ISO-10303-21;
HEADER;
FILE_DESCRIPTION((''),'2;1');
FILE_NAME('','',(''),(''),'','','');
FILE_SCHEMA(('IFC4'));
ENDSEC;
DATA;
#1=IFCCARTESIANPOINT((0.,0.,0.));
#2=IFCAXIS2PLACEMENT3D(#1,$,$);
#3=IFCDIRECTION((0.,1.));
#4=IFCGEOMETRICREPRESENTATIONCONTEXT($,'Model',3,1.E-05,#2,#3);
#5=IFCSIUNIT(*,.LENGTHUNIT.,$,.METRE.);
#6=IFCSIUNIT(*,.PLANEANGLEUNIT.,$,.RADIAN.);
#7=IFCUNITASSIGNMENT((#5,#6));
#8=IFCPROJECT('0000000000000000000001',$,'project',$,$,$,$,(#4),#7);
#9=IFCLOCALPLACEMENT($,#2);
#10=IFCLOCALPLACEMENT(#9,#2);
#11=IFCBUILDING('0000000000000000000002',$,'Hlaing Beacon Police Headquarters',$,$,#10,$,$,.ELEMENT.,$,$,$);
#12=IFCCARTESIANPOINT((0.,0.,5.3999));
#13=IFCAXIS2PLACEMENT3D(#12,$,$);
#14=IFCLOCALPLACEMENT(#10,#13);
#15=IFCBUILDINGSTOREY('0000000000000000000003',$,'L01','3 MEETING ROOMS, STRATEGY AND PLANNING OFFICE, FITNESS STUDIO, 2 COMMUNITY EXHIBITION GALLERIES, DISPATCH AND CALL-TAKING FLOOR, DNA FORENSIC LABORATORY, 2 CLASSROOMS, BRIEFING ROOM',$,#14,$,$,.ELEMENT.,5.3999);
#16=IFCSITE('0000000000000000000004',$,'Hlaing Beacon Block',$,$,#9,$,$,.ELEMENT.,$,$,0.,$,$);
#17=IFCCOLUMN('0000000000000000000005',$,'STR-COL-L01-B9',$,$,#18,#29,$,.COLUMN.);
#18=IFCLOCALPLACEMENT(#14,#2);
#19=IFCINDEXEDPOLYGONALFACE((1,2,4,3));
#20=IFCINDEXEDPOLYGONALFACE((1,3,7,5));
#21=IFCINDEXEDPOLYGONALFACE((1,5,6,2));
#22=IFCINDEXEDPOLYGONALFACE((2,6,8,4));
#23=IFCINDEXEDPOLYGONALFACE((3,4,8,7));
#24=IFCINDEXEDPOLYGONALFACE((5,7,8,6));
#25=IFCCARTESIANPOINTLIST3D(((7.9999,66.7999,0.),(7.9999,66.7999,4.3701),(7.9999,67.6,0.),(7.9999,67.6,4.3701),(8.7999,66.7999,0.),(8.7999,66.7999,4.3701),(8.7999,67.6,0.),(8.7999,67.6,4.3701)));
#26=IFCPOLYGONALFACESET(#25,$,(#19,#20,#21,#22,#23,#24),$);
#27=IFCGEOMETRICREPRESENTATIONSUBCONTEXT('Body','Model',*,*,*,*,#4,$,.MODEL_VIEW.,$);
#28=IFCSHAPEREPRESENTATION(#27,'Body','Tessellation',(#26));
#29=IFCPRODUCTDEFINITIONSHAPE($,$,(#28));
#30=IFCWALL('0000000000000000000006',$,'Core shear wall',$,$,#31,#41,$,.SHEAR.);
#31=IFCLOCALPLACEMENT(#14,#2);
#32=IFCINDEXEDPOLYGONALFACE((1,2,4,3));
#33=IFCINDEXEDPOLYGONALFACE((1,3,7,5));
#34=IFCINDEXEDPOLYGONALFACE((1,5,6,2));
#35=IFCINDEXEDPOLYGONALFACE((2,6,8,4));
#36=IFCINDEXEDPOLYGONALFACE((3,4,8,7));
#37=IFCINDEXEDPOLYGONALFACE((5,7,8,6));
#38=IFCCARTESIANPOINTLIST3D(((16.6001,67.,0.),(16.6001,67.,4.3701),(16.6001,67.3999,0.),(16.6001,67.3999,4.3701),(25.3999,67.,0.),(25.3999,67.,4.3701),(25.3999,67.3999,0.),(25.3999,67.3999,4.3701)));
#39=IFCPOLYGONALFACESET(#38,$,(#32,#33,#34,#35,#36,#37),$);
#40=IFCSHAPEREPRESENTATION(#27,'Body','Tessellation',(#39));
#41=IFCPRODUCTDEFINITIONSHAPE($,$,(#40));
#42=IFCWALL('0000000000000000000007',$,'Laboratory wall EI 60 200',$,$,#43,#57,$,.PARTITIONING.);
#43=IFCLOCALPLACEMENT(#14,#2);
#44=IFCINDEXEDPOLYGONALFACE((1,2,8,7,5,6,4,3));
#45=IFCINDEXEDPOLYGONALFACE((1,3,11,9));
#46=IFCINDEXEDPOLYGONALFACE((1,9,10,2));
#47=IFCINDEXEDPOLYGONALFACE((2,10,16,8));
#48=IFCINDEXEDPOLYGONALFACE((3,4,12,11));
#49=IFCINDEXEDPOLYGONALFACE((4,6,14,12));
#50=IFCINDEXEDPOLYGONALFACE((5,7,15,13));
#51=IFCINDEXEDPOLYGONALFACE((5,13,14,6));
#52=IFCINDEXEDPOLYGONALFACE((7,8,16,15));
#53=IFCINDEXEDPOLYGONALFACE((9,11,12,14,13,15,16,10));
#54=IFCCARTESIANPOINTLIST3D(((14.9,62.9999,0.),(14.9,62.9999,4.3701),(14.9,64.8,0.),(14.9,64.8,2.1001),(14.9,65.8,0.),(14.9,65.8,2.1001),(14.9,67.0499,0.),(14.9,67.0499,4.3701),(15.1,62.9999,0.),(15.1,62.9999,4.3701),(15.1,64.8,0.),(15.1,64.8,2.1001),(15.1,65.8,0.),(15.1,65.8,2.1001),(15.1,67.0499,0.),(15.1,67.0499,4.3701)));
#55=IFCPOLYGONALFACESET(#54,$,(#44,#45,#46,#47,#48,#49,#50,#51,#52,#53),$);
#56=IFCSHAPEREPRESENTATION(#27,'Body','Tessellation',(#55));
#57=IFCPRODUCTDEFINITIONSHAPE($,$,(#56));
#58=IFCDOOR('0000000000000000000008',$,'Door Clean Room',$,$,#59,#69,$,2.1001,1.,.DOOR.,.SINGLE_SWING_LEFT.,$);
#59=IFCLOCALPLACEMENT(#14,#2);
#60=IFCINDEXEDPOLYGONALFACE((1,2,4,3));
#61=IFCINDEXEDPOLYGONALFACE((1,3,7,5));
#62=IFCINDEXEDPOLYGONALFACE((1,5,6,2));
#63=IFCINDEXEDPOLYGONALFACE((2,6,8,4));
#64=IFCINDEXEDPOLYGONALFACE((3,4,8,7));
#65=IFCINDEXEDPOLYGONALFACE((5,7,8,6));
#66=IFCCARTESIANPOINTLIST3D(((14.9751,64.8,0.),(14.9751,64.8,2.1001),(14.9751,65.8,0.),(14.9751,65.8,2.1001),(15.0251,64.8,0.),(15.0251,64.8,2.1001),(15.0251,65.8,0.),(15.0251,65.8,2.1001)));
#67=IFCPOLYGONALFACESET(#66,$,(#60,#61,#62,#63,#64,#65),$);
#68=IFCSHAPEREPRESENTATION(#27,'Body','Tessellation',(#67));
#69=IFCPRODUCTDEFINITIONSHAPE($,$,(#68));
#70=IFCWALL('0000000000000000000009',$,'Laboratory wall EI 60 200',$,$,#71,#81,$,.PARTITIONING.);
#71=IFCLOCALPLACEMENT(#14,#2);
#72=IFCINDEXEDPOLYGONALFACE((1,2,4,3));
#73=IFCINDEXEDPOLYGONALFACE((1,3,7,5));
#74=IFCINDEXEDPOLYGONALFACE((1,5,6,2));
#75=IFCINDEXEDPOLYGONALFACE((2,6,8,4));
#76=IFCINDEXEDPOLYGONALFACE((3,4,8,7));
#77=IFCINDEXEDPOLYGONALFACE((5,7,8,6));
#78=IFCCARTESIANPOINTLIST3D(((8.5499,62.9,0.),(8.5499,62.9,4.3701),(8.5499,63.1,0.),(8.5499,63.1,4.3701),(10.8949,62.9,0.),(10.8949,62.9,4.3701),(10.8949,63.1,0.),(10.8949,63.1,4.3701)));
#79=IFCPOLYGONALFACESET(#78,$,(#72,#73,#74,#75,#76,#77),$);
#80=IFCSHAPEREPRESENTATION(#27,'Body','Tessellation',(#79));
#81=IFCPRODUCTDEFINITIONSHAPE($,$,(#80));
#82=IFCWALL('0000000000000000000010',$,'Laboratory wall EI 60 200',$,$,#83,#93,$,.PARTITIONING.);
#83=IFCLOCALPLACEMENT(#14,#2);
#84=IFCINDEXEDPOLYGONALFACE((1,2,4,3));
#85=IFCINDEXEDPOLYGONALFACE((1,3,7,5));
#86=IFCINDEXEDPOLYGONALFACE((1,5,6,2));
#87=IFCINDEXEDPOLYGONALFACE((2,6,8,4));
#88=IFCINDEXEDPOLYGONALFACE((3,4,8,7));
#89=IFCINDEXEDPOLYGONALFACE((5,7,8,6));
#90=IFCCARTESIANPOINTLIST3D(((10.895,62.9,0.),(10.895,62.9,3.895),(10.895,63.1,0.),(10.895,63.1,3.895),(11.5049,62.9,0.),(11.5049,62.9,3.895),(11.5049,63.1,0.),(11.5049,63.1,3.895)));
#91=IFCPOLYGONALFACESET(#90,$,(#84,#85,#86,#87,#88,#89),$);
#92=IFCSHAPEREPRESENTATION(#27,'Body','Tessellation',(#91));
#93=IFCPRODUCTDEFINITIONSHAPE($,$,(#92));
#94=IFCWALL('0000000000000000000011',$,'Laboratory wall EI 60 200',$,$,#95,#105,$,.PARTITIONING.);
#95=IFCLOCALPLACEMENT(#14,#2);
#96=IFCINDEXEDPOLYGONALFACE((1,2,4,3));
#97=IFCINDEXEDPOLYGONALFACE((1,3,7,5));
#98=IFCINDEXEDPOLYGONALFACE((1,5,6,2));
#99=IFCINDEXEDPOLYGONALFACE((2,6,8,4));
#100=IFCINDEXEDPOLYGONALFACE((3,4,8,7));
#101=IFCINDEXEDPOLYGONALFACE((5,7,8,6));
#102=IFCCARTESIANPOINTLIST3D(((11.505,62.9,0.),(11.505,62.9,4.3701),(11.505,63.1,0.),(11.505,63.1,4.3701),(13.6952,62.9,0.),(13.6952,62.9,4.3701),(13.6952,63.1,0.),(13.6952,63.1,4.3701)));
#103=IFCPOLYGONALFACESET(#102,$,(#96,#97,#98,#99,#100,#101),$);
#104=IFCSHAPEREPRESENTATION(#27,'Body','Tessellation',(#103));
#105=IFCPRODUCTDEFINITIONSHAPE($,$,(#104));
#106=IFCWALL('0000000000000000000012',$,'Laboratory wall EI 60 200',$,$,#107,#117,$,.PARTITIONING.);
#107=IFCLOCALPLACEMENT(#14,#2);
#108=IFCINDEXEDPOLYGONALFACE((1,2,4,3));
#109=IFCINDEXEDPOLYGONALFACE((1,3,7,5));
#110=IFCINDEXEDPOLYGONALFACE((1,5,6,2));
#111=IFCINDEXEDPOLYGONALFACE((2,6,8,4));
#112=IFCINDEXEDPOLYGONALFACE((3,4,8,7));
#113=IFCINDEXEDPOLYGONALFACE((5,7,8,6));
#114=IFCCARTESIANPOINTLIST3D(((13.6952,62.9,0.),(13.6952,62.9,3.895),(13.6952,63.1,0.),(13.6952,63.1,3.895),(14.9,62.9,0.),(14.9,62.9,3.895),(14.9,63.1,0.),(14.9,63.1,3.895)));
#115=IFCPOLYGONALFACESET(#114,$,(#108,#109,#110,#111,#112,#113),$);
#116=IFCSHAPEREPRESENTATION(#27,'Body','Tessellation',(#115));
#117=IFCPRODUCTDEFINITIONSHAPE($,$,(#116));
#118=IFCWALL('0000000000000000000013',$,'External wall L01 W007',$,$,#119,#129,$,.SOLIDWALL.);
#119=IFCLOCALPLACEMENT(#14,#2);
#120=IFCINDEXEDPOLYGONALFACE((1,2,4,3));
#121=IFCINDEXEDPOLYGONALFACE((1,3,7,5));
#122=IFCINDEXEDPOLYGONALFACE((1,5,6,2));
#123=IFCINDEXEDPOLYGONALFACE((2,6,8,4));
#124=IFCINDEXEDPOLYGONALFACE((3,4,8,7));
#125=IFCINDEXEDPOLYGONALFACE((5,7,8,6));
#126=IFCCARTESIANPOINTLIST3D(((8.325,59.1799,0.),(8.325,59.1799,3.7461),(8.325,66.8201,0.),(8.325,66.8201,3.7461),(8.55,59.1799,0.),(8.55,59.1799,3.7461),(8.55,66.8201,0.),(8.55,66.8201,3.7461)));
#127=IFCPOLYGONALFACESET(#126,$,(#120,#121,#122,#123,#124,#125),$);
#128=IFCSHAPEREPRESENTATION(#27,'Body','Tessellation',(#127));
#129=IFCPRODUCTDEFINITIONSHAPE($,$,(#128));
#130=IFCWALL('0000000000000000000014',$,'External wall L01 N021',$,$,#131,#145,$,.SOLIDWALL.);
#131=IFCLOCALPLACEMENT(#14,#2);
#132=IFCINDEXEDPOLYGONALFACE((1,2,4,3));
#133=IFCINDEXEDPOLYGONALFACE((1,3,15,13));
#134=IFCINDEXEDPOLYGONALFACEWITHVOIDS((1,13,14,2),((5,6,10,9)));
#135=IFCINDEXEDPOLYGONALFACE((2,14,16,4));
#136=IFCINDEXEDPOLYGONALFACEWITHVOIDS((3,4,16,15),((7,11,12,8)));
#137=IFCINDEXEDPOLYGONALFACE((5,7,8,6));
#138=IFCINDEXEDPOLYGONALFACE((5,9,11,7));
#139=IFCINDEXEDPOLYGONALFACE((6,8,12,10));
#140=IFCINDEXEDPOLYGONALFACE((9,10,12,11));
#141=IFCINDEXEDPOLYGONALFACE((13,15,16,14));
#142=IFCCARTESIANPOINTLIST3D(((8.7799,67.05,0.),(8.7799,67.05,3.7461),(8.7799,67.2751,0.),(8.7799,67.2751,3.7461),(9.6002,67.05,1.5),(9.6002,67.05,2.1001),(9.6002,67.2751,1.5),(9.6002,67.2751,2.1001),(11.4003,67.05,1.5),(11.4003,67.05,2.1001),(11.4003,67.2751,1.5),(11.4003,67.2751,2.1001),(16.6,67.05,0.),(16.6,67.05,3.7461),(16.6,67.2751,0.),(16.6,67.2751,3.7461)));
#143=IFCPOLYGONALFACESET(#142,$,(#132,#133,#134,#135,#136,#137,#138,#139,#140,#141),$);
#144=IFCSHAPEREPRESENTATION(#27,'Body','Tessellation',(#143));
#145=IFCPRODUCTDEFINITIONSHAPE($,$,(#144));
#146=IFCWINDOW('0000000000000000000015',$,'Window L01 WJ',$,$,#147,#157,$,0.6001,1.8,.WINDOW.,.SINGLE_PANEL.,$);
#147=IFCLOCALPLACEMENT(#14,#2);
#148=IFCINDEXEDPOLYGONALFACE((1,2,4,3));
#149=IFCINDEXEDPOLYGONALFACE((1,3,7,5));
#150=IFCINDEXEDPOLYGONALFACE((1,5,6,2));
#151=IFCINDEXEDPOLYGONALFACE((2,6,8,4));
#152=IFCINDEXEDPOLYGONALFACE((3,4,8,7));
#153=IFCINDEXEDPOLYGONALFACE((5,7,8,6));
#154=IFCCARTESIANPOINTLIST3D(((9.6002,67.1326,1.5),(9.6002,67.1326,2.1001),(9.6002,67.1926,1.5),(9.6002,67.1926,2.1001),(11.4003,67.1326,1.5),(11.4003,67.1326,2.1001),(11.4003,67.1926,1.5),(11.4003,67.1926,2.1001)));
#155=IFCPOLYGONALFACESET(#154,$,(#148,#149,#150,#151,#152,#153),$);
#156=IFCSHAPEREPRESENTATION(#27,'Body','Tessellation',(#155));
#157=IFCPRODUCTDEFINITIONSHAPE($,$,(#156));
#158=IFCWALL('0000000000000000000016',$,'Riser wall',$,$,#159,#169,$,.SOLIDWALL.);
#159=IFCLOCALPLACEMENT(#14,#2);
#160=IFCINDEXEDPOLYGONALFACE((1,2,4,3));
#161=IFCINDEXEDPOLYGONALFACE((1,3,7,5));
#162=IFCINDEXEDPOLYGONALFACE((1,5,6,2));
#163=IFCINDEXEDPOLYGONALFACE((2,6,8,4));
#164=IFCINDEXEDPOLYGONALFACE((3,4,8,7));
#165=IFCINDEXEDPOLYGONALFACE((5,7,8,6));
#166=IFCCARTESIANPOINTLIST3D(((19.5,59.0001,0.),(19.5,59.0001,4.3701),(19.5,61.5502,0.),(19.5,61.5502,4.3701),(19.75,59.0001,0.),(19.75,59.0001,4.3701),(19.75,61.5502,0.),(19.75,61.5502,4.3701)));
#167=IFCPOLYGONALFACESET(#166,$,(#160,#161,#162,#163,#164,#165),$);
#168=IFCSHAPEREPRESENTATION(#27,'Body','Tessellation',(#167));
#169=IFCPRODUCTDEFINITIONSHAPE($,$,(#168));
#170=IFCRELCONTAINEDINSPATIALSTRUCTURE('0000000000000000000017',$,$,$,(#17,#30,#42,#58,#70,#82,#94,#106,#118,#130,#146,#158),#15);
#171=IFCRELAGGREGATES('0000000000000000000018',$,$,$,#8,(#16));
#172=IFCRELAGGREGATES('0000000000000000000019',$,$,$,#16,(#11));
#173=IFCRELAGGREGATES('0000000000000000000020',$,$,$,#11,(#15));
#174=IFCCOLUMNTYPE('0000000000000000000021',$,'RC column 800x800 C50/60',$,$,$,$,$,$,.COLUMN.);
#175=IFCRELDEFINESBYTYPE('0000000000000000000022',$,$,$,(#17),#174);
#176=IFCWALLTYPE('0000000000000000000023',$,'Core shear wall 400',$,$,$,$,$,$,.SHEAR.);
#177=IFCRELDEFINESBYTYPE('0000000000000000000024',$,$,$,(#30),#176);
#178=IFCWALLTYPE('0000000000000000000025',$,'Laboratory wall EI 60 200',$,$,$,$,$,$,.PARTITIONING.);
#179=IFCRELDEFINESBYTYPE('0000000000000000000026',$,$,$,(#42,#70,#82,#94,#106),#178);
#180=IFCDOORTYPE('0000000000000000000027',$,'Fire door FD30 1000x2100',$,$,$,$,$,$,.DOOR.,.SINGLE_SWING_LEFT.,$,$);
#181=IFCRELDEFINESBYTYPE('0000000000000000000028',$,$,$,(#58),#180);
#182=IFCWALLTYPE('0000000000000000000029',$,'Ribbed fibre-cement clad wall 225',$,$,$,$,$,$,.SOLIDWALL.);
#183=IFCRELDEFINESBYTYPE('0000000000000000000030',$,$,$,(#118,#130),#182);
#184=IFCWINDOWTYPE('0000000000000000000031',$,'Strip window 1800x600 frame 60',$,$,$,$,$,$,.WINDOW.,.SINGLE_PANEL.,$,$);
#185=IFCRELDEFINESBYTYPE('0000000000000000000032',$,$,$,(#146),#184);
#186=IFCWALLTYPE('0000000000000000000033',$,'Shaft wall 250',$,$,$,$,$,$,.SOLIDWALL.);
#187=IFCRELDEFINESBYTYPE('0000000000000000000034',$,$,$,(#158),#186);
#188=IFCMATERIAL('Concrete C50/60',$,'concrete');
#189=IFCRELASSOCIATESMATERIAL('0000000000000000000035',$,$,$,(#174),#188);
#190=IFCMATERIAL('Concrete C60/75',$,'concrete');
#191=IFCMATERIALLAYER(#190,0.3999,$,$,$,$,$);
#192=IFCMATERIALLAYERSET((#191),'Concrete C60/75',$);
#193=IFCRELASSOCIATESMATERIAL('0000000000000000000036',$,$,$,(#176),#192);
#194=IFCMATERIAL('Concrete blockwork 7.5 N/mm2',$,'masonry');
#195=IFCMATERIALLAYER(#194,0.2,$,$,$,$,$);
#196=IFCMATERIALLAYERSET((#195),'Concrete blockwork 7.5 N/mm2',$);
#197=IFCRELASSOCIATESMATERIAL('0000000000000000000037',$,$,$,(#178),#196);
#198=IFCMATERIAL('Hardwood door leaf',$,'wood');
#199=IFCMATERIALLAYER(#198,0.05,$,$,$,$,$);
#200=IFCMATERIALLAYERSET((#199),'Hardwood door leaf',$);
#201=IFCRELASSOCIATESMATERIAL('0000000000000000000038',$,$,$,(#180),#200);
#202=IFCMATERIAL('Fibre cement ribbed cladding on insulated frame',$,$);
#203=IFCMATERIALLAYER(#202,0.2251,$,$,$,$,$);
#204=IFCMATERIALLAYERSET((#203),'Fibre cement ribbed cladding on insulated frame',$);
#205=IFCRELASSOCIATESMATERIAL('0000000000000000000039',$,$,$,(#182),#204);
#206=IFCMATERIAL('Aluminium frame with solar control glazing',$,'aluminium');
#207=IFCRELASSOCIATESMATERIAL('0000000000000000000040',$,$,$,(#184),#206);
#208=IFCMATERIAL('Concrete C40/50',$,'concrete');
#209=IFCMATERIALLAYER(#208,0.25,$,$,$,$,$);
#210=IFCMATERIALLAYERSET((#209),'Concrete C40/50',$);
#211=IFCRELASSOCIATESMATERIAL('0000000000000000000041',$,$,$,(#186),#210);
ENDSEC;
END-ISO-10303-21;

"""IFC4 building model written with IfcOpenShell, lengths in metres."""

from ifc_helpers import new_model, si_unit, direction, frame, frame_2d, origin, origin_2d, place, context, subcontext, project, spatial, rectangle, extrude, material, layer, layer_set, material_profile, profile_set, type_object, element, fill, save


model = new_model("IFC4")

# Units and contexts
model_context = context("Model", 3, precision=1e-05, world=origin(), true_north=direction((0.0, 1.0)))
body_context = subcontext(model_context, "Body", "Model", "MODEL_VIEW")
ifc_project = project(units=[si_unit("LENGTHUNIT", "METRE"), si_unit("PLANEANGLEUNIT", "RADIAN")], contexts=[model_context])

# Site, building, storey
site_placement = place(None, origin())
site = spatial("IfcSite", under=ifc_project, at=site_placement, Name="Hlaing Beacon Block", CompositionType="ELEMENT", RefElevation=0.0)
building_placement = place(site_placement, origin())
building = spatial("IfcBuilding", under=site, at=building_placement, Name="Hlaing Beacon Police Headquarters", CompositionType="ELEMENT")
storey_placement = place(building_placement, frame((0.0, 0.0, 5.3999)))
storey = spatial("IfcBuildingStorey", under=building, at=storey_placement, Name="L01", Description="3 MEETING ROOMS, STRATEGY AND PLANNING OFFICE, FITNESS STUDIO, 2 COMMUNITY EXHIBITION GALLERIES, DISPATCH AND CALL-TAKING FLOOR, DNA FORENSIC LABORATORY, 2 CLASSROOMS, BRIEFING ROOM", CompositionType="ELEMENT", Elevation=5.3999)

# Column
ifc_material_1 = material(Name="Concrete C50/60", Category="concrete")
ifc_material_profile = material_profile(ifc_material_1, rectangle(XDim=0.8, YDim=0.8, at=origin_2d()), Name="800x800")
ifc_profile_set = profile_set([ifc_material_profile], Name="Concrete C50/60")
column_type = type_object("IfcColumnType", Name="RC column 800x800 C50/60", PredefinedType="COLUMN", material=ifc_profile_set)
column_placement = place(storey_placement, frame((8.3999, 67.2, 0.0), z_axis=(0.0, 0.0, 1.0), x_axis=(1.0, 0.0, 0.0)))
element("IfcColumn", 1, at=column_placement, inside=storey, type_object=column_type, Name="STR-COL-L01-B9", PredefinedType="COLUMN", context=body_context, shape_type="SweptSolid", body=[
    extrude(rectangle(XDim=0.8, YDim=0.8, at=origin_2d()), origin(), (0.0, 0.0, 1.0), 4.3701),
])

# Wall
ifc_material_2 = material(Name="Concrete C60/75", Category="concrete")
ifc_layer_1 = layer(ifc_material_2, 0.3999)
ifc_layer_set_1 = layer_set([ifc_layer_1], Name="Concrete C60/75")
wall_type_1 = type_object("IfcWallType", Name="Core shear wall 400", PredefinedType="SHEAR", material=ifc_layer_set_1)
wall_1_placement = place(storey_placement, frame((16.6001, 67.2, 0.0), z_axis=(0.0, 0.0, 1.0), x_axis=(1.0, 0.0, 0.0)))
element("IfcWall", 2, at=wall_1_placement, inside=storey, type_object=wall_type_1, Name="Core shear wall", PredefinedType="SHEAR", context=body_context, shape_type="SweptSolid", body=[
    extrude(rectangle(XDim=8.7998, YDim=0.3999, at=frame_2d((4.3999, 0.0))), origin(), (0.0, 0.0, 1.0), 4.3701),
])

# Wall, opening, door
ifc_material_3 = material(Name="Concrete blockwork 7.5 N/mm2", Category="masonry")
ifc_layer_2 = layer(ifc_material_3, 0.2)
ifc_layer_set_2 = layer_set([ifc_layer_2], Name="Concrete blockwork 7.5 N/mm2")
wall_type_2 = type_object("IfcWallType", Name="Laboratory wall EI 60 200", PredefinedType="PARTITIONING", material=ifc_layer_set_2)
wall_2_placement = place(storey_placement, frame((15.0, 63.0, 0.0), z_axis=(0.0, 0.0, 1.0), x_axis=(0.0, 1.0, 0.0)))
wall_2 = element("IfcWall", 3, at=wall_2_placement, inside=storey, type_object=wall_type_2, Name="Laboratory wall EI 60 200", PredefinedType="PARTITIONING", context=body_context, shape_type="SweptSolid", body=[
    extrude(rectangle(XDim=4.05, YDim=0.2, at=frame_2d((2.0249, 0.0))), origin(), (0.0, 0.0, 1.0), 4.3701),
])
opening_1_placement = place(wall_2_placement, frame((1.8, 0.0, 0.0)))
opening_1 = element("IfcOpeningElement", 4, at=opening_1_placement, cuts=wall_2, PredefinedType="OPENING", context=body_context, shape_type="SweptSolid", body=[
    extrude(rectangle(XDim=1.0, YDim=2.1001, at=frame_2d((0.5, 1.05))), frame((0.0, 0.1099, 0.0), z_axis=(0.0, -1.0, 0.0), x_axis=(1.0, 0.0, 0.0)), (0.0, 0.0, 1.0), 0.22),
])
ifc_material_4 = material(Name="Hardwood door leaf", Category="wood")
ifc_layer_3 = layer(ifc_material_4, 0.05)
ifc_layer_set_3 = layer_set([ifc_layer_3], Name="Hardwood door leaf")
door_type = type_object("IfcDoorType", Name="Fire door FD30 1000x2100", OperationType="SINGLE_SWING_LEFT", PredefinedType="DOOR", material=ifc_layer_set_3)
door_placement = place(opening_1_placement, origin())
door = element("IfcDoor", 5, at=door_placement, inside=storey, type_object=door_type, Name="Door Clean Room", OperationType="SINGLE_SWING_LEFT", OverallHeight=2.1001, OverallWidth=1.0, PredefinedType="DOOR", context=body_context, shape_type="SweptSolid", body=[
    extrude(rectangle(XDim=1.0, YDim=2.1001, at=frame_2d((0.5, 1.05))), frame((0.0, 0.0249, 0.0), z_axis=(0.0, -1.0, 0.0), x_axis=(1.0, 0.0, 0.0)), (0.0, 0.0, 1.0), 0.05),
])
fill(opening_1, door)

# Walls
wall_3_placement = place(storey_placement, frame((8.55, 63.0, 0.0), z_axis=(0.0, 0.0, 1.0), x_axis=(1.0, 0.0, 0.0)))
element("IfcWall", 6, at=wall_3_placement, inside=storey, type_object=wall_type_2, Name="Laboratory wall EI 60 200", PredefinedType="PARTITIONING", context=body_context, shape_type="SweptSolid", body=[
    extrude(rectangle(XDim=2.345, YDim=0.2, at=frame_2d((1.1724, 0.0))), origin(), (0.0, 0.0, 1.0), 4.3701),
])
wall_4_placement = place(storey_placement, frame((10.895, 63.0, 0.0), z_axis=(0.0, 0.0, 1.0), x_axis=(1.0, 0.0, 0.0)))
element("IfcWall", 7, at=wall_4_placement, inside=storey, type_object=wall_type_2, Name="Laboratory wall EI 60 200", PredefinedType="PARTITIONING", context=body_context, shape_type="SweptSolid", body=[
    extrude(rectangle(XDim=0.6099, YDim=0.2, at=frame_2d((0.3049, 0.0))), origin(), (0.0, 0.0, 1.0), 3.895),
])
wall_5_placement = place(storey_placement, frame((11.5049, 63.0, 0.0), z_axis=(0.0, 0.0, 1.0), x_axis=(1.0, 0.0, 0.0)))
element("IfcWall", 8, at=wall_5_placement, inside=storey, type_object=wall_type_2, Name="Laboratory wall EI 60 200", PredefinedType="PARTITIONING", context=body_context, shape_type="SweptSolid", body=[
    extrude(rectangle(XDim=2.1902, YDim=0.2, at=frame_2d((1.0952, 0.0))), origin(), (0.0, 0.0, 1.0), 4.3701),
])
wall_6_placement = place(storey_placement, frame((13.6951, 63.0, 0.0), z_axis=(0.0, 0.0, 1.0), x_axis=(1.0, 0.0, 0.0)))
element("IfcWall", 9, at=wall_6_placement, inside=storey, type_object=wall_type_2, Name="Laboratory wall EI 60 200", PredefinedType="PARTITIONING", context=body_context, shape_type="SweptSolid", body=[
    extrude(rectangle(XDim=1.2048, YDim=0.2, at=frame_2d((0.6025, 0.0))), origin(), (0.0, 0.0, 1.0), 3.895),
])
ifc_material_5 = material(Name="Fibre cement ribbed cladding on insulated frame")
ifc_layer_4 = layer(ifc_material_5, 0.2251)
ifc_layer_set_4 = layer_set([ifc_layer_4], Name="Fibre cement ribbed cladding on insulated frame")
wall_type_3 = type_object("IfcWallType", Name="Ribbed fibre-cement clad wall 225", PredefinedType="SOLIDWALL", material=ifc_layer_set_4)
wall_7_placement = place(storey_placement, frame((8.4375, 66.8201, 0.0), z_axis=(0.0, 0.0, 1.0), x_axis=(0.0, -1.0, 0.0)))
element("IfcWall", 10, at=wall_7_placement, inside=storey, type_object=wall_type_3, Name="External wall L01 W007", PredefinedType="SOLIDWALL", context=body_context, shape_type="SweptSolid", body=[
    extrude(rectangle(XDim=7.6401, YDim=0.2251, at=frame_2d((3.8201, 0.0))), origin(), (0.0, 0.0, 1.0), 3.7461),
])

# Wall, opening, window
wall_8_placement = place(storey_placement, frame((16.6001, 67.1626, 0.0), z_axis=(0.0, 0.0, 1.0), x_axis=(-1.0, 0.0, 0.0)))
wall_8 = element("IfcWall", 11, at=wall_8_placement, inside=storey, type_object=wall_type_3, Name="External wall L01 N021", PredefinedType="SOLIDWALL", context=body_context, shape_type="SweptSolid", body=[
    extrude(rectangle(XDim=7.8201, YDim=0.2251, at=frame_2d((3.9102, 0.0))), origin(), (0.0, 0.0, 1.0), 3.7461),
])
opening_2_placement = place(wall_8_placement, frame((5.2, 0.0, 1.5)))
opening_2 = element("IfcOpeningElement", 12, at=opening_2_placement, cuts=wall_8, PredefinedType="OPENING", context=body_context, shape_type="SweptSolid", body=[
    extrude(rectangle(XDim=1.8, YDim=0.6001, at=frame_2d((0.8999, 0.3))), frame((0.0, 0.1226, 0.0), z_axis=(0.0, -1.0, 0.0), x_axis=(1.0, 0.0, 0.0)), (0.0, 0.0, 1.0), 0.2451),
])
ifc_material_6 = material(Name="Aluminium frame with solar control glazing", Category="aluminium")
window_type = type_object("IfcWindowType", Name="Strip window 1800x600 frame 60", PartitioningType="SINGLE_PANEL", PredefinedType="WINDOW", material=ifc_material_6)
window_placement = place(opening_2_placement, origin())
window = element("IfcWindow", 13, at=window_placement, inside=storey, type_object=window_type, Name="Window L01 WJ", OverallHeight=0.6001, OverallWidth=1.8, PartitioningType="SINGLE_PANEL", PredefinedType="WINDOW", context=body_context, shape_type="SweptSolid", body=[
    extrude(rectangle(XDim=1.8, YDim=0.6001, at=frame_2d((0.8999, 0.3))), frame((0.0, 0.03, 0.0), z_axis=(0.0, -1.0, 0.0), x_axis=(1.0, 0.0, 0.0)), (0.0, 0.0, 1.0), 0.0601),
])
fill(opening_2, window)

# Wall
ifc_material_7 = material(Name="Concrete C40/50", Category="concrete")
ifc_layer_5 = layer(ifc_material_7, 0.25)
ifc_layer_set_5 = layer_set([ifc_layer_5], Name="Concrete C40/50")
wall_type_4 = type_object("IfcWallType", Name="Shaft wall 250", PredefinedType="SOLIDWALL", material=ifc_layer_set_5)
wall_9_placement = place(storey_placement, frame((19.625, 61.55, 0.0), z_axis=(0.0, 0.0, 1.0), x_axis=(0.0, -1.0, 0.0)))
element("IfcWall", 14, at=wall_9_placement, inside=storey, type_object=wall_type_4, Name="Riser wall", PredefinedType="SOLIDWALL", context=body_context, shape_type="SweptSolid", body=[
    extrude(rectangle(XDim=2.55, YDim=0.25, at=frame_2d((1.2749, 0.0))), origin(), (0.0, 0.0, 1.0), 4.3701),
])

save(model, "model.ifc")
